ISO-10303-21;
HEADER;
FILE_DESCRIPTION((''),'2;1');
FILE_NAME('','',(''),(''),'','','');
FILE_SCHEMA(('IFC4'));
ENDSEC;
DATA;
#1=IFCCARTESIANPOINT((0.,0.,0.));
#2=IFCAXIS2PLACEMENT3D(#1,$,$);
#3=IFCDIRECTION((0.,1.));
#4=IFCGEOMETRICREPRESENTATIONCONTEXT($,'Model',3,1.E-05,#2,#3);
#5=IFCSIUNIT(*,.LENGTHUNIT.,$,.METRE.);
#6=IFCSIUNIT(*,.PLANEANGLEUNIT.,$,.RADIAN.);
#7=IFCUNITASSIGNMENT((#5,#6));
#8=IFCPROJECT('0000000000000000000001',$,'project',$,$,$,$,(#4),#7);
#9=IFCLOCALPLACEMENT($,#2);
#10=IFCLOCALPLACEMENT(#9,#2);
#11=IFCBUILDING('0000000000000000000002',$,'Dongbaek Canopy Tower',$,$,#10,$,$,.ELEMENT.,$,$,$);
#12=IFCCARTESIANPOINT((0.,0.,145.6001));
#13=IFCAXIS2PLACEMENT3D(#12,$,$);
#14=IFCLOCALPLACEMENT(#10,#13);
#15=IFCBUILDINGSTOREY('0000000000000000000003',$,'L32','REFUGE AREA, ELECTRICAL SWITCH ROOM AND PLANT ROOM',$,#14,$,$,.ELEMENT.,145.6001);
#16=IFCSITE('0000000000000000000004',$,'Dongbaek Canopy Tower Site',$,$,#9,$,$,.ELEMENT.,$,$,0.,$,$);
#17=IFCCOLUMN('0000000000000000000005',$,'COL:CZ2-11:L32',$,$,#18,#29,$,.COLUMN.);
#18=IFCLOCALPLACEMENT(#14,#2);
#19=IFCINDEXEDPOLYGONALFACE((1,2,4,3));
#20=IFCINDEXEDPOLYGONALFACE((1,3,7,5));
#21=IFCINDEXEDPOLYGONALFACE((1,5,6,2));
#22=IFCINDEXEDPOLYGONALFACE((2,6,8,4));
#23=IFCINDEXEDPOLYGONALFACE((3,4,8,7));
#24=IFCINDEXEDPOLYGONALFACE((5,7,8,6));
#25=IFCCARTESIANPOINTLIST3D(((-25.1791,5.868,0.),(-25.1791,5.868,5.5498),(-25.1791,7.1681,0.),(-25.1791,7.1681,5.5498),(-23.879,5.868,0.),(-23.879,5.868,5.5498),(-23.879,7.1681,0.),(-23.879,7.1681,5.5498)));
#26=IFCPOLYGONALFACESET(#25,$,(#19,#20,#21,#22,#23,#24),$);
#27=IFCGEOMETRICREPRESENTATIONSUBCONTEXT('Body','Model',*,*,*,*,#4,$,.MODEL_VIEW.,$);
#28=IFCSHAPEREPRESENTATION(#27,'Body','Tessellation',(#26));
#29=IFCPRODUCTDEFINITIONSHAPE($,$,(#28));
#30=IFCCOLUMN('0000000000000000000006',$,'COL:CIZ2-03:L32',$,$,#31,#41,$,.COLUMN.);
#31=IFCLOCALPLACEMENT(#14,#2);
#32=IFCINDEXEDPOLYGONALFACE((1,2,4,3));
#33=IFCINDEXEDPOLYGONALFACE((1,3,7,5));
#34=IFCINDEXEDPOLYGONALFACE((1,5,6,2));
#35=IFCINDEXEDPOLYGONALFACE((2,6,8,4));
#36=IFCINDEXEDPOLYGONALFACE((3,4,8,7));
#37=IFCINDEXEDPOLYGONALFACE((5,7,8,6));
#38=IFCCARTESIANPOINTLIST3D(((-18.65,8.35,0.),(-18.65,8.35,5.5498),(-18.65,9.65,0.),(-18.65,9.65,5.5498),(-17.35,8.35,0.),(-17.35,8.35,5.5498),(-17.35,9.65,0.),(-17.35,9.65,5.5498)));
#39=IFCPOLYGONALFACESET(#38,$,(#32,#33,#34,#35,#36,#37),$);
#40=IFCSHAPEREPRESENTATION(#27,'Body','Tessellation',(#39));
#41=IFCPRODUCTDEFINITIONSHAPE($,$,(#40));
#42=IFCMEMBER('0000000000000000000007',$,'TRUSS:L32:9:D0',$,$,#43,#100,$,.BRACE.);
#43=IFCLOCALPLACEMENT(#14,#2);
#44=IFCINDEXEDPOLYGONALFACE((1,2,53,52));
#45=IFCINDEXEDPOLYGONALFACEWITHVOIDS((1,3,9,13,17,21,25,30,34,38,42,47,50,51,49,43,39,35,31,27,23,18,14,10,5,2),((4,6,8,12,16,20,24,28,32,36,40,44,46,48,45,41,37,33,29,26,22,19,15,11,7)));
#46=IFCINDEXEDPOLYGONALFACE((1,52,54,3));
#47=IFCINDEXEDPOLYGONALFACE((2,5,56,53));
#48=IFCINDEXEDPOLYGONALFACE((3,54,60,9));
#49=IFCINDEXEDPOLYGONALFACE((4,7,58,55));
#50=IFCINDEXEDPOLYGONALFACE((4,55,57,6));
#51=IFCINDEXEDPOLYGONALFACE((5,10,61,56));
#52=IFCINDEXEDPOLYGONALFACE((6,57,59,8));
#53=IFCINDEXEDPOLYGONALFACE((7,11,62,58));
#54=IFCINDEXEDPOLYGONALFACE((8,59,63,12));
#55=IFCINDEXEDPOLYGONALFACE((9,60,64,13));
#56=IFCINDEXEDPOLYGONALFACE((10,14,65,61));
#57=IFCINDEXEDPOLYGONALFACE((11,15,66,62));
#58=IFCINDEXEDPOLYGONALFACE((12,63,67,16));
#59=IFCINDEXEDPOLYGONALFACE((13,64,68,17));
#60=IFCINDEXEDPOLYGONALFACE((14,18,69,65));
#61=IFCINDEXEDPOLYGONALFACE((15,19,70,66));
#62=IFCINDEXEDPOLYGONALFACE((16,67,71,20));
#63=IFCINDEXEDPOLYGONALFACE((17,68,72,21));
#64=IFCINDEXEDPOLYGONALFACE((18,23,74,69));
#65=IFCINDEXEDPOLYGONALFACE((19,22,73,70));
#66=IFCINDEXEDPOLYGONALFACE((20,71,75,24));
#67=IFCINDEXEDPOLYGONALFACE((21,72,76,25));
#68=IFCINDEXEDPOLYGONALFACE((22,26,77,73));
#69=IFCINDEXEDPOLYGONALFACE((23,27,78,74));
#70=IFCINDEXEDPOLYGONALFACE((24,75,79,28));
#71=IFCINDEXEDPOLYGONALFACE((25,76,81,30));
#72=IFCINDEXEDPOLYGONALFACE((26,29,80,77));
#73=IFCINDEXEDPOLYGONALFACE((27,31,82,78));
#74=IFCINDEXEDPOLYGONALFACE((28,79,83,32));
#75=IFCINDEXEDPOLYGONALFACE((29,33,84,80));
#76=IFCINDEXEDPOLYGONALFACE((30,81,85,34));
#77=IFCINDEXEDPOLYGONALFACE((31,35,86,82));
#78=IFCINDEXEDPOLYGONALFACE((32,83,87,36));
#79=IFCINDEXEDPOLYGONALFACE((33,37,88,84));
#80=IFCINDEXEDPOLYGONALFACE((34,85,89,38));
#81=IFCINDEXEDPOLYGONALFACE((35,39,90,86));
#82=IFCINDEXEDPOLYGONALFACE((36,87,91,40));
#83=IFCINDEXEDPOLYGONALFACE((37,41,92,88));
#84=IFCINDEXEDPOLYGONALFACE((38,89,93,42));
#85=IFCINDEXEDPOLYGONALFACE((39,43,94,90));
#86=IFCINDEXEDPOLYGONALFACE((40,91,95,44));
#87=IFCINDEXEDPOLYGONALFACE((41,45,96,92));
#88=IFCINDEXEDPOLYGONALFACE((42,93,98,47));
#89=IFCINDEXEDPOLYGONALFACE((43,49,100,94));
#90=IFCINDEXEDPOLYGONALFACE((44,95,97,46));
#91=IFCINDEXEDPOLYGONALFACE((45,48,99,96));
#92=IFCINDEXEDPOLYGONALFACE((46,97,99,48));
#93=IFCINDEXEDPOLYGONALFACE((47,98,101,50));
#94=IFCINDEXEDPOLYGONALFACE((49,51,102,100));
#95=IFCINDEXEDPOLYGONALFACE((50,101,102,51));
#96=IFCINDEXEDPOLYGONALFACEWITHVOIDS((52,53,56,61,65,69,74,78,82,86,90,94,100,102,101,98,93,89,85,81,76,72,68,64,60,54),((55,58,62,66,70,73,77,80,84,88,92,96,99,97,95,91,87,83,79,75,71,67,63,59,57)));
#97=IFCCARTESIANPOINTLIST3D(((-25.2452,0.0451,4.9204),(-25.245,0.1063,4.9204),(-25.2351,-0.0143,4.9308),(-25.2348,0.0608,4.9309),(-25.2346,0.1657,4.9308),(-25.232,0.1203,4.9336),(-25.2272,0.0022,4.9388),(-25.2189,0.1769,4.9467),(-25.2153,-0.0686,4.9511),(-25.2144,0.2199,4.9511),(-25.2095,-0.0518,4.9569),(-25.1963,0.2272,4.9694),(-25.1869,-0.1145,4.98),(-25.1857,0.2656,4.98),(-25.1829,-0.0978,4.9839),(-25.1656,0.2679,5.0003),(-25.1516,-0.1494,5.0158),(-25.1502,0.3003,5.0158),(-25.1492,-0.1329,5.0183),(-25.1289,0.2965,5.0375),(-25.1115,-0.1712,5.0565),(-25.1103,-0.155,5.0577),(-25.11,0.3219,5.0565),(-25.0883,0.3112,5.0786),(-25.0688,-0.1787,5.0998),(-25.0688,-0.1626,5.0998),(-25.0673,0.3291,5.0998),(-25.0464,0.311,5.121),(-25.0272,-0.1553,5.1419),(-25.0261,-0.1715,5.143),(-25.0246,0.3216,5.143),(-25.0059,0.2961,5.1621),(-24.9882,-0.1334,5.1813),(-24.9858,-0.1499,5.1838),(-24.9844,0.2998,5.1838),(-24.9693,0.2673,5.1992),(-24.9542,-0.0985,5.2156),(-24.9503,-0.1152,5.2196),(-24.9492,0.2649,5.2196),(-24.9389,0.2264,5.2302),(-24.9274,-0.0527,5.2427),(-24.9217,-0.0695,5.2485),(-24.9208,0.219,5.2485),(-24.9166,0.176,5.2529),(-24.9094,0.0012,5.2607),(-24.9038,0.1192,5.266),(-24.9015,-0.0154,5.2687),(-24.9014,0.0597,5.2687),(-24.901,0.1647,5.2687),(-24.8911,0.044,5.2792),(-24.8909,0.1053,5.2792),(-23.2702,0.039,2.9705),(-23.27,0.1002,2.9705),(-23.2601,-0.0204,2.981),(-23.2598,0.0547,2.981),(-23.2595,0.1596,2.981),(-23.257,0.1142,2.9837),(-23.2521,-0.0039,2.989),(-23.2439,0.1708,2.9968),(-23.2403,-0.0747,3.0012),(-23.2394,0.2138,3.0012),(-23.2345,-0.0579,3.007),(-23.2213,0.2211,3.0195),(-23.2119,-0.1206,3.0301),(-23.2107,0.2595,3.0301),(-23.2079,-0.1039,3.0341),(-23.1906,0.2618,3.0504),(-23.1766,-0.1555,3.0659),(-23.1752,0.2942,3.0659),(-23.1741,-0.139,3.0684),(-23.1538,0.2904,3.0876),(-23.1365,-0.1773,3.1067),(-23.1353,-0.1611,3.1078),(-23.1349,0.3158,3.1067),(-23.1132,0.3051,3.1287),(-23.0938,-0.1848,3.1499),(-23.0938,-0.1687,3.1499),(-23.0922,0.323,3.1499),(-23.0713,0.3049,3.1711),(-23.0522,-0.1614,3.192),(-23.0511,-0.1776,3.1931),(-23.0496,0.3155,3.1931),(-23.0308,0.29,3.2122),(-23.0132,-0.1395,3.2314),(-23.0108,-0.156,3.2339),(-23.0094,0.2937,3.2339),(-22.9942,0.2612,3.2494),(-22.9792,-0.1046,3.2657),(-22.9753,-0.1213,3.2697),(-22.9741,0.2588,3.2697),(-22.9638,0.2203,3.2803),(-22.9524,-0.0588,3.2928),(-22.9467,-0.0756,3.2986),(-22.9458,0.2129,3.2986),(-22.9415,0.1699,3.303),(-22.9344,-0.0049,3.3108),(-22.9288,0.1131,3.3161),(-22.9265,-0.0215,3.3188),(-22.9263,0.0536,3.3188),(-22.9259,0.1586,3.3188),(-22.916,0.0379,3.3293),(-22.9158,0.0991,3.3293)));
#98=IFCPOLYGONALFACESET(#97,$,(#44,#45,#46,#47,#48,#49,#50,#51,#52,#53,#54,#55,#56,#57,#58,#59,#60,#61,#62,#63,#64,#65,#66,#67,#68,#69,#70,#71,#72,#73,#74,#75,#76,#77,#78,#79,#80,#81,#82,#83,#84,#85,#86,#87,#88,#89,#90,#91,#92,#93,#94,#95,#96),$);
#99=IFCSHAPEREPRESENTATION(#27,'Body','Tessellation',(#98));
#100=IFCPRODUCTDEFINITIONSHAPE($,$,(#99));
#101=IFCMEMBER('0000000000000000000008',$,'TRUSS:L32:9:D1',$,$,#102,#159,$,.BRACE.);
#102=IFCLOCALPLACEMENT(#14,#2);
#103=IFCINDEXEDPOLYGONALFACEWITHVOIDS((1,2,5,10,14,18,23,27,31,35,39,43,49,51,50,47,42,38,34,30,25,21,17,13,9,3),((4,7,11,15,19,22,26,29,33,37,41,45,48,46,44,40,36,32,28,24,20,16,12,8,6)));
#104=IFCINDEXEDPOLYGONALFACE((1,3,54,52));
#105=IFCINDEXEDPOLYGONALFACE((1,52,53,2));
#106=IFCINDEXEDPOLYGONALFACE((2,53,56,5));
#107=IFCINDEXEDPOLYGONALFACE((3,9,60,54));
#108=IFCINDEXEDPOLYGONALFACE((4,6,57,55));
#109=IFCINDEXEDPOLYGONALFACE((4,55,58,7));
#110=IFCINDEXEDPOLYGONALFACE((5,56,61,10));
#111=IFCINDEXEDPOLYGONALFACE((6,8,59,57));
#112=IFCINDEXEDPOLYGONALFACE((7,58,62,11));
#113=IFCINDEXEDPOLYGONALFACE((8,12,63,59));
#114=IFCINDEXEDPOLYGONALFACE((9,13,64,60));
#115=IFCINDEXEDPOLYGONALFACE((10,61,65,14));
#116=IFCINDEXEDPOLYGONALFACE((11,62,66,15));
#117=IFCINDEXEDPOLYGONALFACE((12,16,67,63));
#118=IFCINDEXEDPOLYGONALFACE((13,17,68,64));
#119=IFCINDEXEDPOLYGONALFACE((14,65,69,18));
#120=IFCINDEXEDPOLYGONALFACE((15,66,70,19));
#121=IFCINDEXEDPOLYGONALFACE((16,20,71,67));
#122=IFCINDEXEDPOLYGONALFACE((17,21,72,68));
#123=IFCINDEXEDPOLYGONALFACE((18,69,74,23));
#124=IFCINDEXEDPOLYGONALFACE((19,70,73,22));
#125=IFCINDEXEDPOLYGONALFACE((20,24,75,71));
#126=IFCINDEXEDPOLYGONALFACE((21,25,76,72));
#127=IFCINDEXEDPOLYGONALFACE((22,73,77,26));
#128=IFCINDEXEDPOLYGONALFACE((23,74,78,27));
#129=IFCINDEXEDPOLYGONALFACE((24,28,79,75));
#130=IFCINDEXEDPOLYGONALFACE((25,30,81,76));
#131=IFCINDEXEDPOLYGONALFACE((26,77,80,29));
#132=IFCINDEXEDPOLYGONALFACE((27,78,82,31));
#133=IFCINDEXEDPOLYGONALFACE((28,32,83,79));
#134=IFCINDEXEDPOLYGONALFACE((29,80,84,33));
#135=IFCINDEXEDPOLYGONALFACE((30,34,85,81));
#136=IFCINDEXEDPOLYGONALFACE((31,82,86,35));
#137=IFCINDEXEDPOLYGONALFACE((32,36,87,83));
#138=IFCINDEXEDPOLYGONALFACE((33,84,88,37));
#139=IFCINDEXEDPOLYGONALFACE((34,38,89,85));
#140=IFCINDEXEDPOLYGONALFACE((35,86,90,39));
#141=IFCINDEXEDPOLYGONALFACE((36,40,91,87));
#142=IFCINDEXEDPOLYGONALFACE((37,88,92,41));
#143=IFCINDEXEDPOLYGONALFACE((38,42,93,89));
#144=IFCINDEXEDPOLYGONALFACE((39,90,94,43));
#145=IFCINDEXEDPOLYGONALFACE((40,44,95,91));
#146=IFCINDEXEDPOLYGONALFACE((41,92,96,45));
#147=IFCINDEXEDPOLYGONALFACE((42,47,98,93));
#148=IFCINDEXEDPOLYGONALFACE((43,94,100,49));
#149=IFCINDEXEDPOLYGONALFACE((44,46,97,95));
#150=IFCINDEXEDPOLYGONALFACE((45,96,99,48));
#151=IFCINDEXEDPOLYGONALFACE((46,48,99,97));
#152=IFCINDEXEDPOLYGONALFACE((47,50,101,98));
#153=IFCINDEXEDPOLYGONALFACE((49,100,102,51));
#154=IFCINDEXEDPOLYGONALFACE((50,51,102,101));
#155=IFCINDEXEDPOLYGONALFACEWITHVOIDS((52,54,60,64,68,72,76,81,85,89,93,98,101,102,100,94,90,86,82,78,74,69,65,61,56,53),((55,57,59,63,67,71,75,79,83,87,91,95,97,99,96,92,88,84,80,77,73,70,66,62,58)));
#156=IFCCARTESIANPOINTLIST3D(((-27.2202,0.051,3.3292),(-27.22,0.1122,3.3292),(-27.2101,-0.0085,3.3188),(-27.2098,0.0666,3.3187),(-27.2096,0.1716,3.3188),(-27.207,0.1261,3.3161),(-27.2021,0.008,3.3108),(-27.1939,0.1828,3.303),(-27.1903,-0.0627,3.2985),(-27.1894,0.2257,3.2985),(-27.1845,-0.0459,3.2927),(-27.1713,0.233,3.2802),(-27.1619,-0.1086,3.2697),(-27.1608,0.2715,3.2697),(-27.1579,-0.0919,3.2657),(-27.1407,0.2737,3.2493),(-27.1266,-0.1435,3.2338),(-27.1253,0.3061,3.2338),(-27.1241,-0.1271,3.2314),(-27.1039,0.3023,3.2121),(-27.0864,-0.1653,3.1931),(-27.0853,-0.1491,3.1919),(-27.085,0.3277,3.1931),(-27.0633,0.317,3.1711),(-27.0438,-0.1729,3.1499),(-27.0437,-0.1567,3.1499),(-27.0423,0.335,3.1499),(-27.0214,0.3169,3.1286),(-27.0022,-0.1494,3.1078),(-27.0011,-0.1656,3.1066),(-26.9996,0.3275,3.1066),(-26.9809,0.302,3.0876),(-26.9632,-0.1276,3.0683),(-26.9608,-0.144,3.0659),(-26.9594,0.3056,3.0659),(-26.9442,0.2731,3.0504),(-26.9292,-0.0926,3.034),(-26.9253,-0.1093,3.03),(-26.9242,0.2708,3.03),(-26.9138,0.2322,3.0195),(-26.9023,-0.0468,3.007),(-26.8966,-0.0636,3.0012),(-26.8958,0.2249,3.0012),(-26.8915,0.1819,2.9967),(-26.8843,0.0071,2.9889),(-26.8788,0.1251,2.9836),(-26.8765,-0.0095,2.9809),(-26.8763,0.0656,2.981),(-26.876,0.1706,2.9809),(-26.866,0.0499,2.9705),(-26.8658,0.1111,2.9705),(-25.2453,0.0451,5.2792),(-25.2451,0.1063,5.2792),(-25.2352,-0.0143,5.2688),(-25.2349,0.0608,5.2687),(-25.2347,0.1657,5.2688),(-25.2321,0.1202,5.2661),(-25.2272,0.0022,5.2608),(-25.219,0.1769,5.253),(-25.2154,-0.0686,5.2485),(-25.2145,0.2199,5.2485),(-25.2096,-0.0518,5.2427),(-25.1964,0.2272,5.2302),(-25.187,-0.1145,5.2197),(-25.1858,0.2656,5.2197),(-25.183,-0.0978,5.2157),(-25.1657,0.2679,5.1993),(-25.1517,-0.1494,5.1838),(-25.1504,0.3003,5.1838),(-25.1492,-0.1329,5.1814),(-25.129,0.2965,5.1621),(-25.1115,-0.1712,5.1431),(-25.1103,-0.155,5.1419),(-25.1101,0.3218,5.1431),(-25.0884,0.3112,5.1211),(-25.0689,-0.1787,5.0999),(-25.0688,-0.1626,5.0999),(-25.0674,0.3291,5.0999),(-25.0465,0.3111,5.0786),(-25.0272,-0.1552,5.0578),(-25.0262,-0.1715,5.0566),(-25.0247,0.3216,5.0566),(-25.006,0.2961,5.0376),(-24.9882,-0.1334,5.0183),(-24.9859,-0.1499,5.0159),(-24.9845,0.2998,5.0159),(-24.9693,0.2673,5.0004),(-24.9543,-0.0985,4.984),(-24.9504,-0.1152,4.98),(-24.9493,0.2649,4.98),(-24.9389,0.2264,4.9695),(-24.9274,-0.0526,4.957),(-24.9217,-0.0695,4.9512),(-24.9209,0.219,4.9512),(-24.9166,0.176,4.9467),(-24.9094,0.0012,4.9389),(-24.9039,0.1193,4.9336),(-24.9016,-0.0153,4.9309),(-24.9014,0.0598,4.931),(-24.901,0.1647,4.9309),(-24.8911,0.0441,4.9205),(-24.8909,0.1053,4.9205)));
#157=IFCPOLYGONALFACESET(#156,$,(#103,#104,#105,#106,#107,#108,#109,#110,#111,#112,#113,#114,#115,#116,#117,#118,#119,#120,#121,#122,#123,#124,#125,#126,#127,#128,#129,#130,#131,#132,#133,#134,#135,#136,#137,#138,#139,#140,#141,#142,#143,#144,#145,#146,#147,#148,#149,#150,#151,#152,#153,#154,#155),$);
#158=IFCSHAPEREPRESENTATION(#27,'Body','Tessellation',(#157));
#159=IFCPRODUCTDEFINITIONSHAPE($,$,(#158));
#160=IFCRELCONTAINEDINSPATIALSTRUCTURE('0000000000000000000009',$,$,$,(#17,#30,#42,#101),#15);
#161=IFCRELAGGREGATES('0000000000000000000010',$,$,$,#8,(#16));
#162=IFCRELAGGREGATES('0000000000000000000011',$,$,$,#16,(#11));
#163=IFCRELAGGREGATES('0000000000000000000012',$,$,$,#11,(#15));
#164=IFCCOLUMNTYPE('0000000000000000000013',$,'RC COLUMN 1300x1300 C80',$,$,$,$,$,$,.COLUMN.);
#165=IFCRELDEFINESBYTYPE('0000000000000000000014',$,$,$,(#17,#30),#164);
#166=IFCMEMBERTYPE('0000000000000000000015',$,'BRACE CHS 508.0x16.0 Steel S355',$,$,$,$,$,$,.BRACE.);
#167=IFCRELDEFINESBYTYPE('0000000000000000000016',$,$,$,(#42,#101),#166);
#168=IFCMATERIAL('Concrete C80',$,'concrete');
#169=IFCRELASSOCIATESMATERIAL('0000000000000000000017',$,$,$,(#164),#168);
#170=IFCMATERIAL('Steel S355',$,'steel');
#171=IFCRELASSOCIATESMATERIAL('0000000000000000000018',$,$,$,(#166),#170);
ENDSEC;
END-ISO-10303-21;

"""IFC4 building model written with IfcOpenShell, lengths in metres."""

from ifc_helpers import new_model, si_unit, direction, frame, origin, origin_2d, place, context, subcontext, project, spatial, rectangle, hollow_circle, extrude, material, material_profile, profile_set, type_object, element, save


model = new_model("IFC4")

# Units and contexts
model_context = context("Model", 3, precision=1e-05, world=origin(), true_north=direction((0.0, 1.0)))
body_context = subcontext(model_context, "Body", "Model", "MODEL_VIEW")
ifc_project = project(units=[si_unit("LENGTHUNIT", "METRE"), si_unit("PLANEANGLEUNIT", "RADIAN")], contexts=[model_context])

# Site, building, storey
site_placement = place(None, origin())
site = spatial("IfcSite", under=ifc_project, at=site_placement, Name="Dongbaek Canopy Tower Site", CompositionType="ELEMENT", RefElevation=0.0)
building_placement = place(site_placement, origin())
building = spatial("IfcBuilding", under=site, at=building_placement, Name="Dongbaek Canopy Tower", CompositionType="ELEMENT")
storey_placement = place(building_placement, frame((0.0, 0.0, 145.6001)))
storey = spatial("IfcBuildingStorey", under=building, at=storey_placement, Name="L32", Description="REFUGE AREA, ELECTRICAL SWITCH ROOM AND PLANT ROOM", CompositionType="ELEMENT", Elevation=145.6001)

# Columns
ifc_material_1 = material(Name="Concrete C80", Category="concrete")
ifc_material_profile_1 = material_profile(ifc_material_1, rectangle(XDim=1.3, YDim=1.3, at=origin_2d()), Name="RC COLUMN 1300x1300 C80")
ifc_profile_set_1 = profile_set([ifc_material_profile_1], Name="Concrete C80")
column_type = type_object("IfcColumnType", Name="RC COLUMN 1300x1300 C80", PredefinedType="COLUMN", material=ifc_profile_set_1)
for number, where, z_axis, x_axis, name in (
    (1, (-24.5291, 6.5181, 0.0), (0.0, 0.0, 1.0), (1.0, 0.0, 0.0), "COL:CZ2-11:L32"),
    (2, (-18.0, 9.0, 0.0), (0.0, 0.0, 1.0), (1.0, 0.0, 0.0), "COL:CIZ2-03:L32"),
):
    element("IfcColumn", number, at=place(storey_placement, frame(where, z_axis=z_axis, x_axis=x_axis)), inside=storey, type_object=column_type, Name=name, PredefinedType="COLUMN", context=body_context, shape_type="SweptSolid", body=[
        extrude(rectangle(XDim=1.3, YDim=1.3, at=origin_2d()), origin(), (0.0, 0.0, 1.0), 5.5498),
    ])

# Members
ifc_material_2 = material(Name="Steel S355", Category="steel")
ifc_material_profile_2 = material_profile(ifc_material_2, hollow_circle(Radius=0.2539, WallThickness=0.0161, at=origin_2d()), Name="BRACE CHS 508.0x16.0 Steel S355")
ifc_profile_set_2 = profile_set([ifc_material_profile_2], Name="Steel S355")
member_type_1 = type_object("IfcMemberType", Name="BRACE CHS 508.0x16.0 Steel S355", PredefinedType="BRACE", material=ifc_profile_set_2)
for number, where, z_axis, x_axis, name in (
    (3, (-23.093, 0.0691, 3.1499), (-0.711621, 0.002199, 0.70256), (-0.00309, -0.999995, 0.0), "TRUSS:L32:9:D0"),
    (4, (-25.0681, 0.0752, 5.0999), (-0.711577, 0.002111, -0.702605), (-0.002967, -0.999996, 0.0), "TRUSS:L32:9:D1"),
):
    element("IfcMember", number, at=place(storey_placement, frame(where, z_axis=z_axis, x_axis=x_axis)), inside=storey, type_object=member_type_1, Name=name, PredefinedType="BRACE", context=body_context, shape_type="SweptSolid", body=[
        extrude(hollow_circle(Radius=0.2539, WallThickness=0.0161, at=origin_2d()), origin(), (0.0, 0.0, 1.0), 2.7754),
    ])

save(model, "model.ifc")
